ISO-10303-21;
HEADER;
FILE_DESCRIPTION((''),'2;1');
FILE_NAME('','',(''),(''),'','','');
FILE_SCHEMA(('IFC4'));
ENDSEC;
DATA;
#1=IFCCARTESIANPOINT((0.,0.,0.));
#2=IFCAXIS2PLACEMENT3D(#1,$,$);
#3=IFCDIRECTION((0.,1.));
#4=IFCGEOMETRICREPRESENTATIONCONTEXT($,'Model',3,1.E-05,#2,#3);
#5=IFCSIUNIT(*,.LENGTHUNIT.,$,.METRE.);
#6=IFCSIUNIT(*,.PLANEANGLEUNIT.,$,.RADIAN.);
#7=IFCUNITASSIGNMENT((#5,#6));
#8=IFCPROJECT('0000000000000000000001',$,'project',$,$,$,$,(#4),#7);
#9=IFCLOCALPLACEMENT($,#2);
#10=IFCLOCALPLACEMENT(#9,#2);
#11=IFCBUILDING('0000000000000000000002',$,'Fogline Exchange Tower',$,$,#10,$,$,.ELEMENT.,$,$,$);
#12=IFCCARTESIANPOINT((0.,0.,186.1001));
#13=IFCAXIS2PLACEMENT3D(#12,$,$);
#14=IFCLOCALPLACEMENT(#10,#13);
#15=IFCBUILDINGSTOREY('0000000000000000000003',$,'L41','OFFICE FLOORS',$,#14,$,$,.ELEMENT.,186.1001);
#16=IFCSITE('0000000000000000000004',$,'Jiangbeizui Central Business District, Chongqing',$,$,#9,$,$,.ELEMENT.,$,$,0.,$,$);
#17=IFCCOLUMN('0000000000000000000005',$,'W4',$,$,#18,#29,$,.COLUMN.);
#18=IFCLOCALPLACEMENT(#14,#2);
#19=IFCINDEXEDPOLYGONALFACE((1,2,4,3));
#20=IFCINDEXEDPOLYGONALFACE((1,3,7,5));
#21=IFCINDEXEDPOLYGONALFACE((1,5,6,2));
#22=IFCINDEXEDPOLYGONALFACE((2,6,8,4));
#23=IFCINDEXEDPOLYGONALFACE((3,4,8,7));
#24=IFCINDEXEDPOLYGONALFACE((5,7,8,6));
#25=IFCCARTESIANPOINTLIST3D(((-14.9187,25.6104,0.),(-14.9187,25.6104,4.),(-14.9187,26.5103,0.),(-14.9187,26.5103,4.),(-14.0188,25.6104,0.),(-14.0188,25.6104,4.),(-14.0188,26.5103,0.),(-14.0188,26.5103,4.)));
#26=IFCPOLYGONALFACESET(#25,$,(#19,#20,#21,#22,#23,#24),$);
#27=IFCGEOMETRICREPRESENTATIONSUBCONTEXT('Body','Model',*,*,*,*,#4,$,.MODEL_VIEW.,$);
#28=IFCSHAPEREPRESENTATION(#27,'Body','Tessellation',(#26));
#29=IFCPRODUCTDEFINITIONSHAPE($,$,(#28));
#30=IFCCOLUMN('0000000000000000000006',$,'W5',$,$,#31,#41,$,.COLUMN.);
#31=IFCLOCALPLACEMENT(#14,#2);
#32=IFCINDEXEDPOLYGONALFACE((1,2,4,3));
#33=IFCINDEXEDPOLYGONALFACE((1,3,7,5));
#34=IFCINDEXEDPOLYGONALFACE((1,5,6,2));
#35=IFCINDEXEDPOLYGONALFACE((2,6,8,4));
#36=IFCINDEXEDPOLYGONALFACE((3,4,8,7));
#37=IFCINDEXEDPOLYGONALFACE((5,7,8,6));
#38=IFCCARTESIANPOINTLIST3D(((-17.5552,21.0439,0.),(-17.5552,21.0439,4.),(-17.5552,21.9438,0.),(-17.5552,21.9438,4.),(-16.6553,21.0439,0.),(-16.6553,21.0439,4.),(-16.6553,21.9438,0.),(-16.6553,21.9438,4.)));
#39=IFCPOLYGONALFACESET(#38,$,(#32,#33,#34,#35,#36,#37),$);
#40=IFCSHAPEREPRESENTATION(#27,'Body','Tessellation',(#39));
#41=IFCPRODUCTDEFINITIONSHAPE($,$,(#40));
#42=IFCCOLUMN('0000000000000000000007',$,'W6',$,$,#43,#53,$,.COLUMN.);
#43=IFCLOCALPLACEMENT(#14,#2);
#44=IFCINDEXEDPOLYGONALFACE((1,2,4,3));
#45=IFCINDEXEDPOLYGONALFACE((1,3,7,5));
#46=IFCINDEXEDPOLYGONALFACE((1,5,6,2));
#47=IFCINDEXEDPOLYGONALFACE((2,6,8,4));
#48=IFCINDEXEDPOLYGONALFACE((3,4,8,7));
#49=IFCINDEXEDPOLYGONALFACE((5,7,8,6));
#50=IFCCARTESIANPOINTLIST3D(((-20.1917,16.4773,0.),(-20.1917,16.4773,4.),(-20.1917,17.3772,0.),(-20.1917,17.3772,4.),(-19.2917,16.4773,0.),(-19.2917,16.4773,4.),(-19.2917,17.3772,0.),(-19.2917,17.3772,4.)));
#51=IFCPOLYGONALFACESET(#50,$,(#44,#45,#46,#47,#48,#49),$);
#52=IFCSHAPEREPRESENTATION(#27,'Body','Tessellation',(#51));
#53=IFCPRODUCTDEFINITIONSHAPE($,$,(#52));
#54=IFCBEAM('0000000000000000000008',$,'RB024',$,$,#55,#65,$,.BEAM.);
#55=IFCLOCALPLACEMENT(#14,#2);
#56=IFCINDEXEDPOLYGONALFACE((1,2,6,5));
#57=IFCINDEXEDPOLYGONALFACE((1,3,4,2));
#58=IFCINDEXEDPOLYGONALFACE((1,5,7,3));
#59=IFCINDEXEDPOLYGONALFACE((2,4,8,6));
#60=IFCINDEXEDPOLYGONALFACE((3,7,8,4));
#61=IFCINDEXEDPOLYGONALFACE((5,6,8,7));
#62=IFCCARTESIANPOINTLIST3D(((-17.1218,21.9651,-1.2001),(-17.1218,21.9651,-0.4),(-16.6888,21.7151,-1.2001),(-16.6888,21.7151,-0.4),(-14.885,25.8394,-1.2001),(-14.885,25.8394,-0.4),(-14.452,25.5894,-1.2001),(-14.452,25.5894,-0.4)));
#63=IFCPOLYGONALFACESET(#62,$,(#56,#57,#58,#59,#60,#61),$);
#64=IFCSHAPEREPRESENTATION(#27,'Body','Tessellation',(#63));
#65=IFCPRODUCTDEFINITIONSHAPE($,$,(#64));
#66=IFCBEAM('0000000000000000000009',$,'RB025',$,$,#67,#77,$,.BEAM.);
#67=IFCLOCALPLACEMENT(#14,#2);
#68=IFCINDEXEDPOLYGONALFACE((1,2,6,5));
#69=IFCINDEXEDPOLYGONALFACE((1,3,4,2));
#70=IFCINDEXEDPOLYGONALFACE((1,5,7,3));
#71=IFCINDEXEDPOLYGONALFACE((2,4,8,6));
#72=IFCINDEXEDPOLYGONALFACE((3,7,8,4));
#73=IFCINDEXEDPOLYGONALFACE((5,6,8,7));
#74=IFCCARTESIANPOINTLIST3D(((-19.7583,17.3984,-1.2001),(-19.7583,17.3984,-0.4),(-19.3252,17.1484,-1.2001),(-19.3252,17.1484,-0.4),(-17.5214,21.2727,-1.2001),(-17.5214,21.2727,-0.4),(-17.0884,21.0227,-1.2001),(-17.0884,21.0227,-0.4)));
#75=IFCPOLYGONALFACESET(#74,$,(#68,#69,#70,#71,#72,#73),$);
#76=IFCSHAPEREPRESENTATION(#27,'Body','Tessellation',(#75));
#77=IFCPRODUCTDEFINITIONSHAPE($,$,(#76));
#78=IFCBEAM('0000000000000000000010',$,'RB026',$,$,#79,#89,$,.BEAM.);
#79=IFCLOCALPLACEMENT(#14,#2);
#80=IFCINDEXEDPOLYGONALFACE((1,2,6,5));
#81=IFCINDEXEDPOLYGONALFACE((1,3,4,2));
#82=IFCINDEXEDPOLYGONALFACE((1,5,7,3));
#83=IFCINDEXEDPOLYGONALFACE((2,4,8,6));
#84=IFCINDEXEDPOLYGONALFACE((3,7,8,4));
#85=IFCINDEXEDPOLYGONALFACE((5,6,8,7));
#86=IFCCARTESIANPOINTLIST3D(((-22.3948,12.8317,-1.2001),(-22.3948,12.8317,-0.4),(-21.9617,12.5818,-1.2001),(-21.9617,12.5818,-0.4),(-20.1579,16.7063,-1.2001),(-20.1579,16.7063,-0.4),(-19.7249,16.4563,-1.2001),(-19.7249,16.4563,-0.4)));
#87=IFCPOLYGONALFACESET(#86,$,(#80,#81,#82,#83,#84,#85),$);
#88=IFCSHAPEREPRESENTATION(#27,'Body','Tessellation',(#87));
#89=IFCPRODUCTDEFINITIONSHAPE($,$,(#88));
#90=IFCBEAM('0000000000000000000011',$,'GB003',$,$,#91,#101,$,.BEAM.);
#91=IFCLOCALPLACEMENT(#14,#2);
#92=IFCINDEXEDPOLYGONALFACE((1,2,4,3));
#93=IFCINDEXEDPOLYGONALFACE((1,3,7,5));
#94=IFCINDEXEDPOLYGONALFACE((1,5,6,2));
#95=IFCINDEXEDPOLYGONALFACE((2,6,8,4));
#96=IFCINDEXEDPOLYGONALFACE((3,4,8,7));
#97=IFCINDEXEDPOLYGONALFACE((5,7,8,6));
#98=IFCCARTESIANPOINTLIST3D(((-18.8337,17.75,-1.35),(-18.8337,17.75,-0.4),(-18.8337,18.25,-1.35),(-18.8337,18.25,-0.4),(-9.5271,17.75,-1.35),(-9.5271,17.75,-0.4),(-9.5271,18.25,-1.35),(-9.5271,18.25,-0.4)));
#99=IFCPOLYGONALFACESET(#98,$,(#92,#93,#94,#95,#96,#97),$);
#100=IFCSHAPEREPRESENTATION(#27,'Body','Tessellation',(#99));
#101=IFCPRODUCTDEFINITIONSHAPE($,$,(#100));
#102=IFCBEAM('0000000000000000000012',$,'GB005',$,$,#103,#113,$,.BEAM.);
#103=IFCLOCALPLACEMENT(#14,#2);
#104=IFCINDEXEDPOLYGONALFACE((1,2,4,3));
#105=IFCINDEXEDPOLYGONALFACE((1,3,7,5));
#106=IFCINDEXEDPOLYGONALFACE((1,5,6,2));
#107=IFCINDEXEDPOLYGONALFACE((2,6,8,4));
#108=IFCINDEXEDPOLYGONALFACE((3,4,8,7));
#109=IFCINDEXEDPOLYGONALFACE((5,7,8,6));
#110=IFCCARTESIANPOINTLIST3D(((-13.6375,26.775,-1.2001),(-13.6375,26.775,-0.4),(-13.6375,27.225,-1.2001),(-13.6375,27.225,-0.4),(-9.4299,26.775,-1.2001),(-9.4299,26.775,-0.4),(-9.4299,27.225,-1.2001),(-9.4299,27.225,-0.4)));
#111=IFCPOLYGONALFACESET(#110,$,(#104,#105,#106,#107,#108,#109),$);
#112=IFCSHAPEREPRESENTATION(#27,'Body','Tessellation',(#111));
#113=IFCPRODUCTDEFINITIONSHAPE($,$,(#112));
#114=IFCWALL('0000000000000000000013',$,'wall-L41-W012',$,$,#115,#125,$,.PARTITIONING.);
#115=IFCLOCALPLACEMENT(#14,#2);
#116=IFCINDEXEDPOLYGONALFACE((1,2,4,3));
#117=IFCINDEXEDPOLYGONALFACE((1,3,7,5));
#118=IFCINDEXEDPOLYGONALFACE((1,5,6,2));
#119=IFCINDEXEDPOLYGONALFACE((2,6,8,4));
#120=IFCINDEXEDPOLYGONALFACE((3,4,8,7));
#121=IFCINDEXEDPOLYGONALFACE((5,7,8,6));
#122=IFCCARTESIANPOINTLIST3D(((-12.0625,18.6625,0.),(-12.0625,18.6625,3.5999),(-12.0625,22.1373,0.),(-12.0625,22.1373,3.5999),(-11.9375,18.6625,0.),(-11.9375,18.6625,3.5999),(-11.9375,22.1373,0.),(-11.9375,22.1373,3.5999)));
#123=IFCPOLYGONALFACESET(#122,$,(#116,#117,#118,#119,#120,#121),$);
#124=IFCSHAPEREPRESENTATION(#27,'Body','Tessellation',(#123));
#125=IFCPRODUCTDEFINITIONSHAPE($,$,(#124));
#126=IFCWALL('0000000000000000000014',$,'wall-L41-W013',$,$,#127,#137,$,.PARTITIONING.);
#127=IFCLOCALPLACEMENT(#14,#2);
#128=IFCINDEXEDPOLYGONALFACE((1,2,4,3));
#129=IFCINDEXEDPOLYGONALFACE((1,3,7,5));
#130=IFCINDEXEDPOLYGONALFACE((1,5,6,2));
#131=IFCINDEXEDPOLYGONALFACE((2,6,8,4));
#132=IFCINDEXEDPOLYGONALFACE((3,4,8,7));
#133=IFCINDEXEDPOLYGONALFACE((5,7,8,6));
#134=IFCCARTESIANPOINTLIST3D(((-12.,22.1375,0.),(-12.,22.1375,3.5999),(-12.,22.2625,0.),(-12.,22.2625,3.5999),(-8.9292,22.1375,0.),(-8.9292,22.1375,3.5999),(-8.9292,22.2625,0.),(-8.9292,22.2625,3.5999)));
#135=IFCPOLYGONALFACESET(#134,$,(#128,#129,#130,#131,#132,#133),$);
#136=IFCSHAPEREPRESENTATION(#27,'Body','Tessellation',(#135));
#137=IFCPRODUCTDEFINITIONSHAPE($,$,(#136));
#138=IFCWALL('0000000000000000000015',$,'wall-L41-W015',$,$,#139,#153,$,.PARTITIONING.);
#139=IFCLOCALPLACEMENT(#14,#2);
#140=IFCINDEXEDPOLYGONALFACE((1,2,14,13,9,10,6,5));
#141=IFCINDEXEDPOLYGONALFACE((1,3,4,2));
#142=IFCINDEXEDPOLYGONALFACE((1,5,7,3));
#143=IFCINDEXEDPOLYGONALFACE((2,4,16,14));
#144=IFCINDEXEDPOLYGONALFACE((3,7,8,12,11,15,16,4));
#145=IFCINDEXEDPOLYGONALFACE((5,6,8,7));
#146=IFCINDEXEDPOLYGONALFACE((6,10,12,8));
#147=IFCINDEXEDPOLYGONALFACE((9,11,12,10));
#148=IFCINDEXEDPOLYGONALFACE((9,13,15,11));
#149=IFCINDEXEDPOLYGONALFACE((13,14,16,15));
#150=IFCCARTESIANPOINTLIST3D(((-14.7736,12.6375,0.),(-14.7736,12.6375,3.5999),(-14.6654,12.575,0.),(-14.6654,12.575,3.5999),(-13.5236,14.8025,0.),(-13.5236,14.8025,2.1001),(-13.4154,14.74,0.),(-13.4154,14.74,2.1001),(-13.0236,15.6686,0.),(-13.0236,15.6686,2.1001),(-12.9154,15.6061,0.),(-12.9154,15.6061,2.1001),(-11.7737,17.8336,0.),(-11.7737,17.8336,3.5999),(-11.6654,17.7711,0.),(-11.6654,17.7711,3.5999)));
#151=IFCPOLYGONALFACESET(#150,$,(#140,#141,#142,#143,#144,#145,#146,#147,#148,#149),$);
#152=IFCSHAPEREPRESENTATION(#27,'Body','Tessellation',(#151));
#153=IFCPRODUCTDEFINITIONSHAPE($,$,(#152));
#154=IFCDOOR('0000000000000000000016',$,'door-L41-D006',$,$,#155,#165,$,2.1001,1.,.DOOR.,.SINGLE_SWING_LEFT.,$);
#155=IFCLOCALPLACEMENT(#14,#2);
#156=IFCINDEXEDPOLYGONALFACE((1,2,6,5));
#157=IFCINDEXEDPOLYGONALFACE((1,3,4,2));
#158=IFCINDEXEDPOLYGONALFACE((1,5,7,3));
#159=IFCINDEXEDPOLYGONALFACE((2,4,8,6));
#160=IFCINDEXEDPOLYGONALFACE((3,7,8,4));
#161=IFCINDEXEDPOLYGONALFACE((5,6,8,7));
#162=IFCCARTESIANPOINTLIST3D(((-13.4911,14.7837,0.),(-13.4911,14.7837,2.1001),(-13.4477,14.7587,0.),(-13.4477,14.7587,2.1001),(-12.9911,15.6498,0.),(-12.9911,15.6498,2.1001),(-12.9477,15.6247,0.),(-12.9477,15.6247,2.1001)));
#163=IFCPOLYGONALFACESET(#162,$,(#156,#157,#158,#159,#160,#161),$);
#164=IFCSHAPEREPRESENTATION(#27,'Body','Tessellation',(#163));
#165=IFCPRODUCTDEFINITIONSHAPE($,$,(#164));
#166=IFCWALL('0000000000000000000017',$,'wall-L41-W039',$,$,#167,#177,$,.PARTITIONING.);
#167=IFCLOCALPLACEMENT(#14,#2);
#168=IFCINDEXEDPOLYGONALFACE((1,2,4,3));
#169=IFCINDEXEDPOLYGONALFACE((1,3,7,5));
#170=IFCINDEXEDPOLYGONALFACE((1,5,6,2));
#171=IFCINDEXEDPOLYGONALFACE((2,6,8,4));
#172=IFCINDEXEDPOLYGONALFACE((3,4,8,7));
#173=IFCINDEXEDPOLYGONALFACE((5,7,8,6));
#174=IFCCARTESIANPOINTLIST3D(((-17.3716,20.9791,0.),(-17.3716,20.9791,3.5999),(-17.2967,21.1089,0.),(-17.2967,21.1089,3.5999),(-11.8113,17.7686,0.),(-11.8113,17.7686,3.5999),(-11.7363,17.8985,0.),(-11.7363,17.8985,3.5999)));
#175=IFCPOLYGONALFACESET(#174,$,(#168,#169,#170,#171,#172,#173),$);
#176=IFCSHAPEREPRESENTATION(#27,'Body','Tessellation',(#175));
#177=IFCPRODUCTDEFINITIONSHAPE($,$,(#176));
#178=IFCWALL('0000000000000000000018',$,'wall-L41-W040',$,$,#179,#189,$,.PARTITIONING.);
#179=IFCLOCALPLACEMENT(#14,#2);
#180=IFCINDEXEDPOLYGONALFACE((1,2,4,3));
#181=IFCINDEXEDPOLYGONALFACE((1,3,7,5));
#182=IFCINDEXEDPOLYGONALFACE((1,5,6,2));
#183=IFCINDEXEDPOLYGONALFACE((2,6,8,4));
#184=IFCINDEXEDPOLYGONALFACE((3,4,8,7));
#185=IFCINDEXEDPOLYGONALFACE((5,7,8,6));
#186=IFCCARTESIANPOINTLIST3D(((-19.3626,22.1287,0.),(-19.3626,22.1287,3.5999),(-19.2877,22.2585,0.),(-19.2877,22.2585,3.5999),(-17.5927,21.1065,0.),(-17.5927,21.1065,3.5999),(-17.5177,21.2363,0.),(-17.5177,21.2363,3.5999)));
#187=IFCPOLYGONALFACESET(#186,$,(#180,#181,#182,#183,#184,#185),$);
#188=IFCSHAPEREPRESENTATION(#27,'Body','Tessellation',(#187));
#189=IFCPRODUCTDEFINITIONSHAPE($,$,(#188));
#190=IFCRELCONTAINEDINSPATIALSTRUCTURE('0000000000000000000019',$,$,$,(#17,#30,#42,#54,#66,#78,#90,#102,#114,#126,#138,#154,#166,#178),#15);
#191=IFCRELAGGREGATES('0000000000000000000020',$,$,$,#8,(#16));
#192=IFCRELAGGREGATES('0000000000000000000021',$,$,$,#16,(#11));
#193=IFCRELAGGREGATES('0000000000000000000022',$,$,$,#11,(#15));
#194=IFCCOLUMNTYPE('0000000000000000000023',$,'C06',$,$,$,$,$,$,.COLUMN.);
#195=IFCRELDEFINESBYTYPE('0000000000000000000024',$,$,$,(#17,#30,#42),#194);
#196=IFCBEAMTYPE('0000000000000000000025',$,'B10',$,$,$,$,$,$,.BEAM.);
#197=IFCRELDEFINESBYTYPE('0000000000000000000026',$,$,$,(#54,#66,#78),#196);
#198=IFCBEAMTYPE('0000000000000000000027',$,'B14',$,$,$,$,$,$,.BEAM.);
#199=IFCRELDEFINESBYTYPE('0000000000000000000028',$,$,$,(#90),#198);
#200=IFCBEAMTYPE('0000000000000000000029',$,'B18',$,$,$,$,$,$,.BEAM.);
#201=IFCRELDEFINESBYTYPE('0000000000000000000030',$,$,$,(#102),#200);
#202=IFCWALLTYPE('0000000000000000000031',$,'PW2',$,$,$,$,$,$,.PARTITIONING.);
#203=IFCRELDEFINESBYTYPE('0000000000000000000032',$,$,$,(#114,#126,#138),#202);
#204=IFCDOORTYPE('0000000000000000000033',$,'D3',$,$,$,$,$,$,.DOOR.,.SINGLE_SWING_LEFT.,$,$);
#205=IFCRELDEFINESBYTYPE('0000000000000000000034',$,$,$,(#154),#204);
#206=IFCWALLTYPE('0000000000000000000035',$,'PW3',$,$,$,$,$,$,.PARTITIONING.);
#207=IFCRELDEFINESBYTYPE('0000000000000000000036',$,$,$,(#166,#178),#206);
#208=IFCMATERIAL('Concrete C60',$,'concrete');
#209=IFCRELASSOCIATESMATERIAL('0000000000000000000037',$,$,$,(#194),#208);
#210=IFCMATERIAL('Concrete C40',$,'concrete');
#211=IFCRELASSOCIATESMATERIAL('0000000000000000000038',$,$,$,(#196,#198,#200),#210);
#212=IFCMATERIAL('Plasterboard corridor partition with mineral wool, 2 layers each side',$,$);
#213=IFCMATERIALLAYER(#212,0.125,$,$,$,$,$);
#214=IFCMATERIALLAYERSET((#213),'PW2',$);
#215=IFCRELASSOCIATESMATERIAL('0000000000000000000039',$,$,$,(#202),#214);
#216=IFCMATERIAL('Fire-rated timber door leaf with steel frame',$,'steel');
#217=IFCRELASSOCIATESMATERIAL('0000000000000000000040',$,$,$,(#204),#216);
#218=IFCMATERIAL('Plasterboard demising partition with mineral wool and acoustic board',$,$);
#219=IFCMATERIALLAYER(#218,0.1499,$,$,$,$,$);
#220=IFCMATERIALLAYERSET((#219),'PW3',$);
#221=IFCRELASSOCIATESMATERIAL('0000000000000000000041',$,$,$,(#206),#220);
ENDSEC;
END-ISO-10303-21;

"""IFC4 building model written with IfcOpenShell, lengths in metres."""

from ifc_helpers import new_model, si_unit, direction, frame, frame_2d, origin, origin_2d, place, context, subcontext, project, spatial, rectangle, extrude, material, layer, layer_set, material_profile, profile_set, type_object, element, fill, save


model = new_model("IFC4")

# Units and contexts
model_context = context("Model", 3, precision=1e-05, world=origin(), true_north=direction((0.0, 1.0)))
body_context = subcontext(model_context, "Body", "Model", "MODEL_VIEW")
ifc_project = project(units=[si_unit("LENGTHUNIT", "METRE"), si_unit("PLANEANGLEUNIT", "RADIAN")], contexts=[model_context])

# Site, building, storey
site_placement = place(None, origin())
site = spatial("IfcSite", under=ifc_project, at=site_placement, Name="Jiangbeizui Central Business District, Chongqing", CompositionType="ELEMENT", RefElevation=0.0)
building_placement = place(site_placement, origin())
building = spatial("IfcBuilding", under=site, at=building_placement, Name="Fogline Exchange Tower", CompositionType="ELEMENT")
storey_placement = place(building_placement, frame((0.0, 0.0, 186.1001)))
storey = spatial("IfcBuildingStorey", under=building, at=storey_placement, Name="L41", Description="OFFICE FLOORS", CompositionType="ELEMENT", Elevation=186.1001)

# Columns
ifc_material_1 = material(Name="Concrete C60", Category="concrete")
ifc_material_profile_1 = material_profile(ifc_material_1, rectangle(XDim=0.8999, YDim=0.8999, at=origin_2d()), Name="RC 900x900")
ifc_profile_set_1 = profile_set([ifc_material_profile_1], Name="Concrete C60")
column_type = type_object("IfcColumnType", Name="C06", PredefinedType="COLUMN", material=ifc_profile_set_1)
for number, where, z_axis, x_axis, name in (
    (1, (-14.4688, 26.0603, 0.0), (0.0, 0.0, 1.0), (1.0, 0.0, 0.0), "W4"),
    (2, (-17.1052, 21.4939, 0.0), (0.0, 0.0, 1.0), (1.0, 0.0, 0.0), "W5"),
    (3, (-19.7417, 16.9272, 0.0), (0.0, 0.0, 1.0), (1.0, 0.0, 0.0), "W6"),
):
    element("IfcColumn", number, at=place(storey_placement, frame(where, z_axis=z_axis, x_axis=x_axis)), inside=storey, type_object=column_type, Name=name, PredefinedType="COLUMN", context=body_context, shape_type="SweptSolid", body=[
        extrude(rectangle(XDim=0.8999, YDim=0.8999, at=origin_2d()), origin(), (0.0, 0.0, 1.0), 4.0),
    ])

# Beams
ifc_material_2 = material(Name="Concrete C40", Category="concrete")
ifc_material_profile_2 = material_profile(ifc_material_2, rectangle(XDim=0.5, YDim=0.8, at=origin_2d()), Name="RC 500x800")
ifc_profile_set_2 = profile_set([ifc_material_profile_2], Name="Concrete C40")
beam_type_1 = type_object("IfcBeamType", Name="B10", PredefinedType="BEAM", material=ifc_profile_set_2)
for number, where, z_axis, x_axis, name in (
    (4, (-14.6685, 25.7144, -0.8), (-0.500001, -0.866025, 0.0), (0.866025, -0.500001, 0.0), "RB024"),
    (5, (-17.3049, 21.1477, -0.8), (-0.500001, -0.866025, 0.0), (0.866025, -0.500001, 0.0), "RB025"),
):
    element("IfcBeam", number, at=place(storey_placement, frame(where, z_axis=z_axis, x_axis=x_axis)), inside=storey, type_object=beam_type_1, Name=name, PredefinedType="BEAM", context=body_context, shape_type="SweptSolid", body=[
        extrude(rectangle(XDim=0.5, YDim=0.8, at=origin_2d()), origin(), (0.0, 0.0, 1.0), 4.4736),
    ])
beam_1_placement = place(storey_placement, frame((-19.9414, 16.5813, -0.8), z_axis=(-0.499978, -0.866038, 0.0), x_axis=(0.866038, -0.499978, 0.0)))
element("IfcBeam", 6, at=beam_1_placement, inside=storey, type_object=beam_type_1, Name="RB026", PredefinedType="BEAM", context=body_context, shape_type="SweptSolid", body=[
    extrude(rectangle(XDim=0.5, YDim=0.8, at=origin_2d()), origin(), (0.0, 0.0, 1.0), 4.4739),
])
ifc_material_profile_3 = material_profile(ifc_material_2, rectangle(XDim=0.5, YDim=0.95, at=origin_2d()), Name="RC 500x950")
ifc_profile_set_3 = profile_set([ifc_material_profile_3], Name="Concrete C40")
beam_type_2 = type_object("IfcBeamType", Name="B14", PredefinedType="BEAM", material=ifc_profile_set_3)
beam_2_placement = place(storey_placement, frame((-18.8337, 18.0, -0.875), z_axis=(1.0, 0.0, 0.0), x_axis=(0.0, 1.0, 0.0)))
element("IfcBeam", 7, at=beam_2_placement, inside=storey, type_object=beam_type_2, Name="GB003", PredefinedType="BEAM", context=body_context, shape_type="SweptSolid", body=[
    extrude(rectangle(XDim=0.5, YDim=0.95, at=origin_2d()), origin(), (0.0, 0.0, 1.0), 9.3066),
])
ifc_material_profile_4 = material_profile(ifc_material_2, rectangle(XDim=0.45, YDim=0.8, at=origin_2d()), Name="RC 450x800")
ifc_profile_set_4 = profile_set([ifc_material_profile_4], Name="Concrete C40")
beam_type_3 = type_object("IfcBeamType", Name="B18", PredefinedType="BEAM", material=ifc_profile_set_4)
beam_3_placement = place(storey_placement, frame((-13.6375, 27.0, -0.8), z_axis=(1.0, 0.0, 0.0), x_axis=(0.0, 1.0, 0.0)))
element("IfcBeam", 8, at=beam_3_placement, inside=storey, type_object=beam_type_3, Name="GB005", PredefinedType="BEAM", context=body_context, shape_type="SweptSolid", body=[
    extrude(rectangle(XDim=0.45, YDim=0.8, at=origin_2d()), origin(), (0.0, 0.0, 1.0), 4.2075),
])

# Walls
ifc_material_3 = material(Name="Plasterboard corridor partition with mineral wool, 2 layers each side")
ifc_layer_1 = layer(ifc_material_3, 0.125)
ifc_layer_set_1 = layer_set([ifc_layer_1], Name="PW2")
wall_type_1 = type_object("IfcWallType", Name="PW2", PredefinedType="PARTITIONING", material=ifc_layer_set_1)
wall_1_placement = place(storey_placement, frame((-12.0, 18.6626, 0.0), z_axis=(0.0, 0.0, 1.0), x_axis=(0.0, 1.0, 0.0)))
element("IfcWall", 9, at=wall_1_placement, inside=storey, type_object=wall_type_1, Name="wall-L41-W012", PredefinedType="PARTITIONING", context=body_context, shape_type="SweptSolid", body=[
    extrude(rectangle(XDim=3.4749, YDim=0.125, at=frame_2d((1.7373, 0.0))), origin(), (0.0, 0.0, 1.0), 3.5999),
])
wall_2_placement = place(storey_placement, frame((-12.0, 22.2, 0.0), z_axis=(0.0, 0.0, 1.0), x_axis=(1.0, 0.0, 0.0)))
element("IfcWall", 10, at=wall_2_placement, inside=storey, type_object=wall_type_1, Name="wall-L41-W013", PredefinedType="PARTITIONING", context=body_context, shape_type="SweptSolid", body=[
    extrude(rectangle(XDim=3.0708, YDim=0.125, at=frame_2d((1.5354, 0.0))), origin(), (0.0, 0.0, 1.0), 3.5999),
])

# Wall, opening, door
wall_3_placement = place(storey_placement, frame((-14.7195, 12.6062, 0.0), z_axis=(0.0, 0.0, 1.0), x_axis=(0.49999, 0.866031, 0.0)))
wall_3 = element("IfcWall", 11, at=wall_3_placement, inside=storey, type_object=wall_type_1, Name="wall-L41-W015", PredefinedType="PARTITIONING", context=body_context, shape_type="SweptSolid", body=[
    extrude(rectangle(XDim=6.0, YDim=0.125, at=frame_2d((3.0, 0.0))), origin(), (0.0, 0.0, 1.0), 3.5999),
])
opening_placement = place(wall_3_placement, frame((2.5, 0.0, 0.0)))
opening = element("IfcOpeningElement", 12, at=opening_placement, cuts=wall_3, PredefinedType="OPENING", context=body_context, shape_type="SweptSolid", body=[
    extrude(rectangle(XDim=1.0, YDim=2.1001, at=frame_2d((0.5, 1.05))), frame((0.0, 0.0725, 0.0), z_axis=(0.0, -1.0, 0.0), x_axis=(1.0, 0.0, 0.0)), (0.0, 0.0, 1.0), 0.145),
])
ifc_material_4 = material(Name="Fire-rated timber door leaf with steel frame", Category="steel")
door_type = type_object("IfcDoorType", Name="D3", OperationType="SINGLE_SWING_LEFT", PredefinedType="DOOR", material=ifc_material_4)
door_placement = place(opening_placement, origin())
door = element("IfcDoor", 13, at=door_placement, inside=storey, type_object=door_type, Name="door-L41-D006", OperationType="SINGLE_SWING_LEFT", OverallHeight=2.1001, OverallWidth=1.0, PredefinedType="DOOR", context=body_context, shape_type="SweptSolid", body=[
    extrude(rectangle(XDim=1.0, YDim=2.1001, at=frame_2d((0.5, 1.05))), frame((0.0, 0.0249, 0.0), z_axis=(0.0, -1.0, 0.0), x_axis=(1.0, 0.0, 0.0)), (0.0, 0.0, 1.0), 0.05),
])
fill(opening, door)

# Walls
ifc_material_5 = material(Name="Plasterboard demising partition with mineral wool and acoustic board")
ifc_layer_2 = layer(ifc_material_5, 0.1499)
ifc_layer_set_2 = layer_set([ifc_layer_2], Name="PW3")
wall_type_2 = type_object("IfcWallType", Name="PW3", PredefinedType="PARTITIONING", material=ifc_layer_set_2)
wall_4_placement = place(storey_placement, frame((-11.7737, 17.8335, 0.0), z_axis=(0.0, 0.0, 1.0), x_axis=(-0.866011, 0.500024, 0.0)))
element("IfcWall", 14, at=wall_4_placement, inside=storey, type_object=wall_type_2, Name="wall-L41-W039", PredefinedType="PARTITIONING", context=body_context, shape_type="SweptSolid", body=[
    extrude(rectangle(XDim=6.4207, YDim=0.1499, at=frame_2d((3.2104, 0.0))), origin(), (0.0, 0.0, 1.0), 3.5999),
])
wall_5_placement = place(storey_placement, frame((-17.5552, 21.1714, 0.0), z_axis=(0.0, 0.0, 1.0), x_axis=(-0.865963, 0.500108, 0.0)))
element("IfcWall", 15, at=wall_5_placement, inside=storey, type_object=wall_type_2, Name="wall-L41-W040", PredefinedType="PARTITIONING", context=body_context, shape_type="SweptSolid", body=[
    extrude(rectangle(XDim=2.0439, YDim=0.1499, at=frame_2d((1.022, 0.0))), origin(), (0.0, 0.0, 1.0), 3.5999),
])

save(model, "model.ifc")
